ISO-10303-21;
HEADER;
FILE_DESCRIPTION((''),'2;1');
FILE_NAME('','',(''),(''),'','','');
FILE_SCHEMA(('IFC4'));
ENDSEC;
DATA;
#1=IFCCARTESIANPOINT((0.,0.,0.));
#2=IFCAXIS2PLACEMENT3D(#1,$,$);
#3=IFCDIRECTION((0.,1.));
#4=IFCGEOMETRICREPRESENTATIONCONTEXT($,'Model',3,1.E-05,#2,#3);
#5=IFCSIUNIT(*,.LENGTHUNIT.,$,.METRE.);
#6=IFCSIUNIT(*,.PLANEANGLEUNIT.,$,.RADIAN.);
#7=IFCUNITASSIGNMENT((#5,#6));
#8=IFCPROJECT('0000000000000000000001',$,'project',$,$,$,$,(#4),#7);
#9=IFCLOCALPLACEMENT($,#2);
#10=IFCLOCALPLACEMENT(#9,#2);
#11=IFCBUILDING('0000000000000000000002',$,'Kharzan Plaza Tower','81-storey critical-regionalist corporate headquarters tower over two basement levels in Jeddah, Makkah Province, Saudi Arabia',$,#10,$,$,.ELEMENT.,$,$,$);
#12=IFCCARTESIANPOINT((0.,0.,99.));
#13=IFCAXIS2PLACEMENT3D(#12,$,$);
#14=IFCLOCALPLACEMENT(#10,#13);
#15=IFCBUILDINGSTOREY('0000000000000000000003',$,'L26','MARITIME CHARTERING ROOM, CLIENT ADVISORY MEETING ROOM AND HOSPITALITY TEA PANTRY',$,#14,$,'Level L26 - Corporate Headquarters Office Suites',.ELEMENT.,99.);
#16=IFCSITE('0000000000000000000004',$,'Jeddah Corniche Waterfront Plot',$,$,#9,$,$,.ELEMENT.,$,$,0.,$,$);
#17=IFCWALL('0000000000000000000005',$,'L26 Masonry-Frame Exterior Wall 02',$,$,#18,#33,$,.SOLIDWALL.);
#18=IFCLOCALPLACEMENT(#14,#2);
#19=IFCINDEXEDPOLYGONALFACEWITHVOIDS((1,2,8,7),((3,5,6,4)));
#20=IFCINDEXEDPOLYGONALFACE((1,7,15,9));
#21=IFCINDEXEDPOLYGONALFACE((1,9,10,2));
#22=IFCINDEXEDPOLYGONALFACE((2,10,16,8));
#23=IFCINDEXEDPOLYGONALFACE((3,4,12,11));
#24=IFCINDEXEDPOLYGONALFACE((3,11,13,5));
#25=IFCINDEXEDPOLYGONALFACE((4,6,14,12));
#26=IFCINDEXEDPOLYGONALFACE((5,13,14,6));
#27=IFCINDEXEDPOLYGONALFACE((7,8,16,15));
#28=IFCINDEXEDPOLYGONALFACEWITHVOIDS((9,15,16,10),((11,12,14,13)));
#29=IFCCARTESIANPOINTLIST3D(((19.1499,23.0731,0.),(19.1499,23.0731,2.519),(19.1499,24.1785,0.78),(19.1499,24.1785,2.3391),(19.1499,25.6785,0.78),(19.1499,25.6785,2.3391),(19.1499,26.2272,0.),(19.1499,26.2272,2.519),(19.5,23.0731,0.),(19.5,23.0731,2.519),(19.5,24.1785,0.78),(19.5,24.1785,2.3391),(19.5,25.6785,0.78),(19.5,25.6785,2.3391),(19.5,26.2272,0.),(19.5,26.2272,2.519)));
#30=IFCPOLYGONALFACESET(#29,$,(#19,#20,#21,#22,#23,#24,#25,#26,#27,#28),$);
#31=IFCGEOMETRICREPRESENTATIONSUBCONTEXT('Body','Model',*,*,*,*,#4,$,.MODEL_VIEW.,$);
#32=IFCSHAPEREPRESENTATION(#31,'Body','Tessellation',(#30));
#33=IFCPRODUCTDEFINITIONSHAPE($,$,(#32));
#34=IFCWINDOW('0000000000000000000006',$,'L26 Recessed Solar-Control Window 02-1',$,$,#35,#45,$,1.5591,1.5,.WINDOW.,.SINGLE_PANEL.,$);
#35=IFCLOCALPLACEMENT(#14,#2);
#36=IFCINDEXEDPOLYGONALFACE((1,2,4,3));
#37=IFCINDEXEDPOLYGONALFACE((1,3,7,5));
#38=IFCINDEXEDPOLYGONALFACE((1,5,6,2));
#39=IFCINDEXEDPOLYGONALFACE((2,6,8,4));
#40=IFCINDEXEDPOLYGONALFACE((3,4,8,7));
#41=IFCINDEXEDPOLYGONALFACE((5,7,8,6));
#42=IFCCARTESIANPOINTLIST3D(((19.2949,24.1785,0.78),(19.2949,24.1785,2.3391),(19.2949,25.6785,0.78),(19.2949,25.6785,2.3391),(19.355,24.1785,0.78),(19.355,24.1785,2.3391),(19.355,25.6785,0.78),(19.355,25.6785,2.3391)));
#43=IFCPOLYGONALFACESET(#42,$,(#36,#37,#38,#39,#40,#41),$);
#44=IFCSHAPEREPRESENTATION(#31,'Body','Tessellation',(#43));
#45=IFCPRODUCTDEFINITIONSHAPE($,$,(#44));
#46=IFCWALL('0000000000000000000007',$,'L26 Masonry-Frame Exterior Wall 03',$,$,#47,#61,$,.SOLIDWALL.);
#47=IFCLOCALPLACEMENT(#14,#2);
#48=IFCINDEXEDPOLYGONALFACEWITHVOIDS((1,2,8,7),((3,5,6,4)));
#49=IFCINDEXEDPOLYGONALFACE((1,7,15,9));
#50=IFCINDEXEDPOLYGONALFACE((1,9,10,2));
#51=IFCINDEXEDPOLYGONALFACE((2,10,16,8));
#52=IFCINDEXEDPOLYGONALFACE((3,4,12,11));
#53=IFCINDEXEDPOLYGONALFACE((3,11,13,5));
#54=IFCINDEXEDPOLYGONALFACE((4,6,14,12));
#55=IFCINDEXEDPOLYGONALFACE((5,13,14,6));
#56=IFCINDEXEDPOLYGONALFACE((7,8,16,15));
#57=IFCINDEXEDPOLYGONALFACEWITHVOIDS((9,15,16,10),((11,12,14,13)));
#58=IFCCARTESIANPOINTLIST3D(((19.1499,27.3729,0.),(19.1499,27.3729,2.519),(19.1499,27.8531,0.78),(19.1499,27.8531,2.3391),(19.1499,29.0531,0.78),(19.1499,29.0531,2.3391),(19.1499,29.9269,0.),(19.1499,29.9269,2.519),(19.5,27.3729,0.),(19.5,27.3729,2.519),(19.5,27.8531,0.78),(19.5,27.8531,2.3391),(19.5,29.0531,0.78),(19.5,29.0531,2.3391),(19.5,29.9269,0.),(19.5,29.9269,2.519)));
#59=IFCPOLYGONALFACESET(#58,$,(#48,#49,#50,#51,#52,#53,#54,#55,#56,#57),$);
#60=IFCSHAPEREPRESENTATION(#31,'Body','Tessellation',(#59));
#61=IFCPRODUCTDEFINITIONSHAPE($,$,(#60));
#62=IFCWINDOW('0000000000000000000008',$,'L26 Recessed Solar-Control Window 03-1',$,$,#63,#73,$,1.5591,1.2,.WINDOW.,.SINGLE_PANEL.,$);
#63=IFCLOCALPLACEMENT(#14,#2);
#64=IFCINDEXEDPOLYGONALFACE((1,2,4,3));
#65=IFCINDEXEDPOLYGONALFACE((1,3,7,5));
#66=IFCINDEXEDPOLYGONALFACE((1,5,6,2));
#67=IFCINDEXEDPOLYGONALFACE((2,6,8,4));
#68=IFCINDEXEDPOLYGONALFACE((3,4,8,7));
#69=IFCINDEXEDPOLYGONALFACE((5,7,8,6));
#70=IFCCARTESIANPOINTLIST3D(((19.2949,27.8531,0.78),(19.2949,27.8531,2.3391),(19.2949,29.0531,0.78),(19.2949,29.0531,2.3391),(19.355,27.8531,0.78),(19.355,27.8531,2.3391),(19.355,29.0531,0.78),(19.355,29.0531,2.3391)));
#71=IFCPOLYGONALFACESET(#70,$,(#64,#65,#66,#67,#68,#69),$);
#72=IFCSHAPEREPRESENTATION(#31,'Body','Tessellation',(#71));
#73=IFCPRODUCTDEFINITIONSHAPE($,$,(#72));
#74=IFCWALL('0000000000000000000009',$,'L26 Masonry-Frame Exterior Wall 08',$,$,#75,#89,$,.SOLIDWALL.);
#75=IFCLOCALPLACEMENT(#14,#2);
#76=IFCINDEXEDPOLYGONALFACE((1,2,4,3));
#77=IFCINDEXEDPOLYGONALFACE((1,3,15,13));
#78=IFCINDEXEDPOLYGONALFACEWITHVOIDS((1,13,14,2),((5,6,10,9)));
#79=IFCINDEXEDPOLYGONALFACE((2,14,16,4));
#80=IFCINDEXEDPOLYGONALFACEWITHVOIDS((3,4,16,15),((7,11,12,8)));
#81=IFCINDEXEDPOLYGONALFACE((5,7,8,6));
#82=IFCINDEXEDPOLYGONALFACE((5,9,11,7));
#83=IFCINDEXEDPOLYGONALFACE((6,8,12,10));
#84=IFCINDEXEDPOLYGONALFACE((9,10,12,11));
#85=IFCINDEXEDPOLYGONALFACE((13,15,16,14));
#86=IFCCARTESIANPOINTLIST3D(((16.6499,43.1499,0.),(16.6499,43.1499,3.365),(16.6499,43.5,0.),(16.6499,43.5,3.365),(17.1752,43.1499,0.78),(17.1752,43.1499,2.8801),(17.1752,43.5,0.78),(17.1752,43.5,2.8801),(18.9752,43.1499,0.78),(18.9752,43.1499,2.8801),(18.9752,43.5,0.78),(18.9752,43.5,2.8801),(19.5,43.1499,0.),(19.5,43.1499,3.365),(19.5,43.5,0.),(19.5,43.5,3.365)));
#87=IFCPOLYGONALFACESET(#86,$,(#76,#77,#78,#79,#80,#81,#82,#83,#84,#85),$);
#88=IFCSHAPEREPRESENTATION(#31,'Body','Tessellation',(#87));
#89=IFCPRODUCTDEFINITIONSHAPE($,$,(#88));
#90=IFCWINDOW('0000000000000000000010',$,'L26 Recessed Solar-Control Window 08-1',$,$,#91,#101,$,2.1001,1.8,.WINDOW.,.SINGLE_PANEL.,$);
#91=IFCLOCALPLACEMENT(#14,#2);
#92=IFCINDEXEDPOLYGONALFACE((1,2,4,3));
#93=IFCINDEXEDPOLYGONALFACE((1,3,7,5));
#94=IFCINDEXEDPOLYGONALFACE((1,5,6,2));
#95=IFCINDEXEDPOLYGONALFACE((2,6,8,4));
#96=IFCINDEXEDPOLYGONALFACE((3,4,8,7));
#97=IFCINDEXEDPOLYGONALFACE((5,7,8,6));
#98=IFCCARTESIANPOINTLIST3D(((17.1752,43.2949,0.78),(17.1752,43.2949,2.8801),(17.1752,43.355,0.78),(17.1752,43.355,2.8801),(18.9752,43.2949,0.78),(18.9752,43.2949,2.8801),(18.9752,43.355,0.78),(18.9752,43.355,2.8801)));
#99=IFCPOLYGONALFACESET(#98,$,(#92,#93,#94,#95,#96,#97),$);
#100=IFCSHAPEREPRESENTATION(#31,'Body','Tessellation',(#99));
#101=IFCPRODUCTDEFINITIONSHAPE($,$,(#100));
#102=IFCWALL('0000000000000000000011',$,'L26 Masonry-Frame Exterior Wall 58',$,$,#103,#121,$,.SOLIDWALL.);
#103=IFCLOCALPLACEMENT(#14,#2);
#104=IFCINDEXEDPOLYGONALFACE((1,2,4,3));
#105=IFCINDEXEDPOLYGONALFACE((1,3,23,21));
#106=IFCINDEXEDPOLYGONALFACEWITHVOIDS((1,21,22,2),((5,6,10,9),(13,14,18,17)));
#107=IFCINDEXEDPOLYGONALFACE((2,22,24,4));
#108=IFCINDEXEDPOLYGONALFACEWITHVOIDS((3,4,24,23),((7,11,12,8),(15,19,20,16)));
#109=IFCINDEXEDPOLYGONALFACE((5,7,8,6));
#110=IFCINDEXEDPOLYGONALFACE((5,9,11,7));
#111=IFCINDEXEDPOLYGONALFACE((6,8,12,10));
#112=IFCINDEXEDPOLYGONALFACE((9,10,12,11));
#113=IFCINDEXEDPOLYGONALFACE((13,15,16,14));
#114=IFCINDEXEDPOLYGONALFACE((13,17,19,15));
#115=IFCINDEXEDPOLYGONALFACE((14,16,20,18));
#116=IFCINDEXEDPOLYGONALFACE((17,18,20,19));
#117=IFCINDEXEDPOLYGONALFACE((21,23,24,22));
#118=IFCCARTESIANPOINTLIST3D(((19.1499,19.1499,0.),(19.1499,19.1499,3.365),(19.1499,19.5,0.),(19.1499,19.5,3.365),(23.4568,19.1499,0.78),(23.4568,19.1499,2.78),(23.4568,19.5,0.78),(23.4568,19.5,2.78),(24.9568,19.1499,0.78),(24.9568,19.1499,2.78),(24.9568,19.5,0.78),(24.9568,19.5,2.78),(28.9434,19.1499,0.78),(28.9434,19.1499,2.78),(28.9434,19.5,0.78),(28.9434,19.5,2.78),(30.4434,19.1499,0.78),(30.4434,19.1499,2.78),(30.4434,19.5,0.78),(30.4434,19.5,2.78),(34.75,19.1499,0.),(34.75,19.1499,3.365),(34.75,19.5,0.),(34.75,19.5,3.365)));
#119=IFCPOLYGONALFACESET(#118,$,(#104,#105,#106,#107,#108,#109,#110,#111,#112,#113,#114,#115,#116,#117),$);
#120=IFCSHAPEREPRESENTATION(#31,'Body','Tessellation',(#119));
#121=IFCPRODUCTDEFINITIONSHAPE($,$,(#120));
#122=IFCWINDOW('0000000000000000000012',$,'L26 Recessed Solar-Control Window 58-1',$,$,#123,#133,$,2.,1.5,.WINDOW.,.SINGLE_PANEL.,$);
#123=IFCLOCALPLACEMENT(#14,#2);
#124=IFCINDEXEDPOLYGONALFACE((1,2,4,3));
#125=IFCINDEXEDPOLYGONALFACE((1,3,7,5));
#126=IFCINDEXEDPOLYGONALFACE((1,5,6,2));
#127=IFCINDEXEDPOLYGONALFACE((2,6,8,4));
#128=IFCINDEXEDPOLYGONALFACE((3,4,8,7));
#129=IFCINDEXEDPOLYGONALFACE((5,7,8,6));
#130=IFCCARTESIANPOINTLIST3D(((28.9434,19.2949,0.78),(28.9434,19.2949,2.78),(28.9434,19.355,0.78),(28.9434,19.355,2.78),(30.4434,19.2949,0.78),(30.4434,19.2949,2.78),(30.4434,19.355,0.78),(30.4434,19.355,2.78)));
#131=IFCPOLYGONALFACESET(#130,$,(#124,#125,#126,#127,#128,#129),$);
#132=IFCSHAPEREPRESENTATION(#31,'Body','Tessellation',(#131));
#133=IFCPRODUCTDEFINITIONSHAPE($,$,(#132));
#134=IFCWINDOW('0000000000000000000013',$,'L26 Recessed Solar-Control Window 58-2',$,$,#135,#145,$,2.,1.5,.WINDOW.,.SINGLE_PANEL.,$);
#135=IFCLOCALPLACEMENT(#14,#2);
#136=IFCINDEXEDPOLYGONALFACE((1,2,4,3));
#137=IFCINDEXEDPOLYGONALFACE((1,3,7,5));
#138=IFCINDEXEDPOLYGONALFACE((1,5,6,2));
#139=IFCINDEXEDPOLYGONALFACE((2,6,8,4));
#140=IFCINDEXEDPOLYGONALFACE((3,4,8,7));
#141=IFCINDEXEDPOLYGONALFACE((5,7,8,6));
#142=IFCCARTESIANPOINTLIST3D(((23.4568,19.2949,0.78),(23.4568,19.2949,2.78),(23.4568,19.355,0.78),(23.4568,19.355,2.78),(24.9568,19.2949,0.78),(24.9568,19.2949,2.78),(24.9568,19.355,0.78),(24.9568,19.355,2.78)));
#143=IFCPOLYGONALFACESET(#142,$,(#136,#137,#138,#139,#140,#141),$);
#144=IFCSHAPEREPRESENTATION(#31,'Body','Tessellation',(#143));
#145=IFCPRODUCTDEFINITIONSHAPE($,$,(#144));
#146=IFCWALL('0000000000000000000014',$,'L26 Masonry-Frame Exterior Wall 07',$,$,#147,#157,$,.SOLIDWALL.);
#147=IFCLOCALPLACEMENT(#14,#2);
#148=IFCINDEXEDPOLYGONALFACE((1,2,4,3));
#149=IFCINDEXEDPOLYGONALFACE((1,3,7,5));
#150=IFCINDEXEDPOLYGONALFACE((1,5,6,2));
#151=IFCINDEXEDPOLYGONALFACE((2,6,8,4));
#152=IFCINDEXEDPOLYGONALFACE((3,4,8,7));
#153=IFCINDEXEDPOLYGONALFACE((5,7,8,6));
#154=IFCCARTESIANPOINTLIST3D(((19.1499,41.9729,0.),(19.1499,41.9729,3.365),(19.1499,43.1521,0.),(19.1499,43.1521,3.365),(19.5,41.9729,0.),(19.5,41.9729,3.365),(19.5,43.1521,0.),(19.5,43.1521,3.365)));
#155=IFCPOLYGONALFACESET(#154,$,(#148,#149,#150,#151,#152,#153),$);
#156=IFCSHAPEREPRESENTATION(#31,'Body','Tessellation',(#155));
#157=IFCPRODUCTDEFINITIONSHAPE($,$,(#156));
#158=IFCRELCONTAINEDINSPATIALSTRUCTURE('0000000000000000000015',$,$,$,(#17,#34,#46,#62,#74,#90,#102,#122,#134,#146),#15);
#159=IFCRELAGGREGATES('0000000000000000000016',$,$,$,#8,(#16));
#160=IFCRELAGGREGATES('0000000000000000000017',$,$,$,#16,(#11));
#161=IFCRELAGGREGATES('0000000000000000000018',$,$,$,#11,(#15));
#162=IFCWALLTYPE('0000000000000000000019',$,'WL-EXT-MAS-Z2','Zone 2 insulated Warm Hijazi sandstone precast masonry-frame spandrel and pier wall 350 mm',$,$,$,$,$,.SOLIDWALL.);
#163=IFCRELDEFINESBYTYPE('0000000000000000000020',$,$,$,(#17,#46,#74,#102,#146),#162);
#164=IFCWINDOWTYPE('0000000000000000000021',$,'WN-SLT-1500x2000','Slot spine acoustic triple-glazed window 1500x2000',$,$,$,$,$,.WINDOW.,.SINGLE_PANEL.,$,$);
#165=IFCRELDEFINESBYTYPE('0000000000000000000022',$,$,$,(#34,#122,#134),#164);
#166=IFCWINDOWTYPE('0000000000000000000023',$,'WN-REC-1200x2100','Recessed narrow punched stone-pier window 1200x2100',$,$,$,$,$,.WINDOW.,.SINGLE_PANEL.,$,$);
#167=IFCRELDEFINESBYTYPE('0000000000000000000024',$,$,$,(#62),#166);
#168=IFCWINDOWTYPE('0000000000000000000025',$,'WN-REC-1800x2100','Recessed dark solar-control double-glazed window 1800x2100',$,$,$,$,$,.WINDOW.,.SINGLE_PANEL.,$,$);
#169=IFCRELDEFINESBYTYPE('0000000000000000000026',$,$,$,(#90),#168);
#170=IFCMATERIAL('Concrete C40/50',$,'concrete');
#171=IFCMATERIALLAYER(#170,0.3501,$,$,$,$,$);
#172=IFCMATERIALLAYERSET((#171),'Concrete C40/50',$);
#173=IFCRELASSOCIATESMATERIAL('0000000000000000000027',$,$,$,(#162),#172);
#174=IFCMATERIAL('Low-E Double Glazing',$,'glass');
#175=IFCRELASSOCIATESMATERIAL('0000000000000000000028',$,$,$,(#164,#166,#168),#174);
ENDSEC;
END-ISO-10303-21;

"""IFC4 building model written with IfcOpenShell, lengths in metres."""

from ifc_helpers import new_model, si_unit, direction, frame, frame_2d, origin, place, context, subcontext, project, spatial, rectangle, extrude, source, transform, mapped, material, layer, layer_set, type_object, element, fill, save


model = new_model("IFC4")

# Units and contexts
model_context = context("Model", 3, precision=1e-05, world=origin(), true_north=direction((0.0, 1.0)))
body_context = subcontext(model_context, "Body", "Model", "MODEL_VIEW")
ifc_project = project(units=[si_unit("LENGTHUNIT", "METRE"), si_unit("PLANEANGLEUNIT", "RADIAN")], contexts=[model_context])

# Site, building, storey
site_placement = place(None, origin())
site = spatial("IfcSite", under=ifc_project, at=site_placement, Name="Jeddah Corniche Waterfront Plot", CompositionType="ELEMENT", RefElevation=0.0)
building_placement = place(site_placement, origin())
building = spatial("IfcBuilding", under=site, at=building_placement, Name="Kharzan Plaza Tower", Description="81-storey critical-regionalist corporate headquarters tower over two basement levels in Jeddah, Makkah Province, Saudi Arabia", CompositionType="ELEMENT")
storey_placement = place(building_placement, frame((0.0, 0.0, 99.0)))
storey = spatial("IfcBuildingStorey", under=building, at=storey_placement, Name="L26", Description="MARITIME CHARTERING ROOM, CLIENT ADVISORY MEETING ROOM AND HOSPITALITY TEA PANTRY", LongName="Level L26 - Corporate Headquarters Office Suites", CompositionType="ELEMENT", Elevation=99.0)

# Walls, openings, windows
ifc_material_1 = material(Name="Concrete C40/50", Category="concrete")
ifc_layer_1 = layer(ifc_material_1, 0.3501)
ifc_layer_set_1 = layer_set([ifc_layer_1], Name="Concrete C40/50")
wall_type_1 = type_object("IfcWallType", Name="WL-EXT-MAS-Z2", Description="Zone 2 insulated Warm Hijazi sandstone precast masonry-frame spandrel and pier wall 350 mm", PredefinedType="SOLIDWALL", material=ifc_layer_set_1)
wall_1_placement = place(storey_placement, frame((19.325, 23.073, 0.0), z_axis=(0.0, 0.0, 1.0), x_axis=(0.0, 1.0, 0.0)))
wall_1 = element("IfcWall", 1, at=wall_1_placement, inside=storey, type_object=wall_type_1, Name="L26 Masonry-Frame Exterior Wall 02", PredefinedType="SOLIDWALL", context=body_context, shape_type="SweptSolid", body=[
    extrude(rectangle(XDim=3.1541, YDim=0.3501, at=frame_2d((1.5771, 0.0))), origin(), (0.0, 0.0, 1.0), 2.519),
])
opening_1_placement = place(wall_1_placement, frame((1.1055, 0.0, 0.78)))
opening_1 = element("IfcOpeningElement", 2, at=opening_1_placement, cuts=wall_1, PredefinedType="OPENING", context=body_context, shape_type="SweptSolid", body=[
    extrude(rectangle(XDim=1.5, YDim=1.5591, at=frame_2d((0.75, 0.7795))), frame((0.0, 0.1851, 0.0), z_axis=(0.0, -1.0, 0.0), x_axis=(1.0, 0.0, 0.0)), (0.0, 0.0, 1.0), 0.3701),
])
ifc_material_2 = material(Name="Low-E Double Glazing", Category="glass")
window_type_1 = type_object("IfcWindowType", Name="WN-SLT-1500x2000", Description="Slot spine acoustic triple-glazed window 1500x2000", PartitioningType="SINGLE_PANEL", PredefinedType="WINDOW", material=ifc_material_2)
shared_shape_1 = source(origin(), body_context, "Body", "SweptSolid", [
    extrude(rectangle(XDim=1.5, YDim=1.5591, at=frame_2d((0.75, 0.7795))), frame((0.0, 0.03, 0.0), z_axis=(0.0, -1.0, 0.0), x_axis=(1.0, 0.0, 0.0)), (0.0, 0.0, 1.0), 0.0601),
])
window_1_placement = place(opening_1_placement, origin())
window_1 = element("IfcWindow", 3, at=window_1_placement, inside=storey, type_object=window_type_1, Name="L26 Recessed Solar-Control Window 02-1", OverallHeight=1.5591, OverallWidth=1.5, PartitioningType="SINGLE_PANEL", PredefinedType="WINDOW", context=body_context, shape_type="MappedRepresentation", body=[
    mapped(shared_shape_1, transform((0.0, 0.0, 0.0), x_axis=(1.0, 0.0, 0.0), y_axis=(0.0, 1.0, 0.0), z_axis=(0.0, 0.0, 1.0))),
])
fill(opening_1, window_1)
wall_2_placement = place(storey_placement, frame((19.325, 27.373, 0.0), z_axis=(0.0, 0.0, 1.0), x_axis=(0.0, 1.0, 0.0)))
wall_2 = element("IfcWall", 4, at=wall_2_placement, inside=storey, type_object=wall_type_1, Name="L26 Masonry-Frame Exterior Wall 03", PredefinedType="SOLIDWALL", context=body_context, shape_type="SweptSolid", body=[
    extrude(rectangle(XDim=2.554, YDim=0.3501, at=frame_2d((1.2769, 0.0))), origin(), (0.0, 0.0, 1.0), 2.519),
])
opening_2_placement = place(wall_2_placement, frame((0.48, 0.0, 0.78)))
opening_2 = element("IfcOpeningElement", 5, at=opening_2_placement, cuts=wall_2, PredefinedType="OPENING", context=body_context, shape_type="SweptSolid", body=[
    extrude(rectangle(XDim=1.2, YDim=1.5591, at=frame_2d((0.6001, 0.7795))), frame((0.0, 0.1851, 0.0), z_axis=(0.0, -1.0, 0.0), x_axis=(1.0, 0.0, 0.0)), (0.0, 0.0, 1.0), 0.3701),
])
window_type_2 = type_object("IfcWindowType", Name="WN-REC-1200x2100", Description="Recessed narrow punched stone-pier window 1200x2100", PartitioningType="SINGLE_PANEL", PredefinedType="WINDOW", material=ifc_material_2)
shared_shape_2 = source(origin(), body_context, "Body", "SweptSolid", [
    extrude(rectangle(XDim=1.2, YDim=1.5591, at=frame_2d((0.6001, 0.7795))), frame((0.0, 0.03, 0.0), z_axis=(0.0, -1.0, 0.0), x_axis=(1.0, 0.0, 0.0)), (0.0, 0.0, 1.0), 0.0601),
])
window_2_placement = place(opening_2_placement, origin())
window_2 = element("IfcWindow", 6, at=window_2_placement, inside=storey, type_object=window_type_2, Name="L26 Recessed Solar-Control Window 03-1", OverallHeight=1.5591, OverallWidth=1.2, PartitioningType="SINGLE_PANEL", PredefinedType="WINDOW", context=body_context, shape_type="MappedRepresentation", body=[
    mapped(shared_shape_2, transform((0.0, 0.0, 0.0), x_axis=(1.0, 0.0, 0.0), y_axis=(0.0, 1.0, 0.0), z_axis=(0.0, 0.0, 1.0))),
])
fill(opening_2, window_2)

# Wall, opening, window
wall_3_placement = place(storey_placement, frame((19.5, 43.325, 0.0), z_axis=(0.0, 0.0, 1.0), x_axis=(-1.0, 0.0, 0.0)))
wall_3 = element("IfcWall", 7, at=wall_3_placement, inside=storey, type_object=wall_type_1, Name="L26 Masonry-Frame Exterior Wall 08", PredefinedType="SOLIDWALL", context=body_context, shape_type="SweptSolid", body=[
    extrude(rectangle(XDim=2.8501, YDim=0.3501, at=frame_2d((1.425, 0.0))), origin(), (0.0, 0.0, 1.0), 3.365),
])
opening_3_placement = place(wall_3_placement, frame((0.5249, 0.0, 0.78)))
opening_3 = element("IfcOpeningElement", 8, at=opening_3_placement, cuts=wall_3, PredefinedType="OPENING", context=body_context, shape_type="SweptSolid", body=[
    extrude(rectangle(XDim=1.8, YDim=2.1001, at=frame_2d((0.8999, 1.05))), frame((0.0, 0.1851, 0.0), z_axis=(0.0, -1.0, 0.0), x_axis=(1.0, 0.0, 0.0)), (0.0, 0.0, 1.0), 0.3701),
])
window_type_3 = type_object("IfcWindowType", Name="WN-REC-1800x2100", Description="Recessed dark solar-control double-glazed window 1800x2100", PartitioningType="SINGLE_PANEL", PredefinedType="WINDOW", material=ifc_material_2)
shared_shape_3 = source(origin(), body_context, "Body", "SweptSolid", [
    extrude(rectangle(XDim=1.8, YDim=2.1001, at=frame_2d((0.8999, 1.05))), frame((0.0, 0.03, 0.0), z_axis=(0.0, -1.0, 0.0), x_axis=(1.0, 0.0, 0.0)), (0.0, 0.0, 1.0), 0.0601),
])
window_3_placement = place(opening_3_placement, origin())
window_3 = element("IfcWindow", 9, at=window_3_placement, inside=storey, type_object=window_type_3, Name="L26 Recessed Solar-Control Window 08-1", OverallHeight=2.1001, OverallWidth=1.8, PartitioningType="SINGLE_PANEL", PredefinedType="WINDOW", context=body_context, shape_type="MappedRepresentation", body=[
    mapped(shared_shape_3, transform((0.0, 0.0, 0.0), x_axis=(1.0, 0.0, 0.0), y_axis=(0.0, 1.0, 0.0), z_axis=(0.0, 0.0, 1.0))),
])
fill(opening_3, window_3)

# Wall, openings, windows
wall_4_placement = place(storey_placement, frame((34.75, 19.325, 0.0), z_axis=(0.0, 0.0, 1.0), x_axis=(-1.0, 0.0, 0.0)))
wall_4 = element("IfcWall", 10, at=wall_4_placement, inside=storey, type_object=wall_type_1, Name="L26 Masonry-Frame Exterior Wall 58", PredefinedType="SOLIDWALL", context=body_context, shape_type="SweptSolid", body=[
    extrude(rectangle(XDim=15.6001, YDim=0.3501, at=frame_2d((7.8, 0.0))), origin(), (0.0, 0.0, 1.0), 3.365),
])
opening_4_placement = place(wall_4_placement, frame((4.3066, 0.0, 0.78)))
opening_4 = element("IfcOpeningElement", 11, at=opening_4_placement, cuts=wall_4, PredefinedType="OPENING", context=body_context, shape_type="SweptSolid", body=[
    extrude(rectangle(XDim=1.5, YDim=2.0, at=frame_2d((0.75, 1.0))), frame((0.0, 0.1851, 0.0), z_axis=(0.0, -1.0, 0.0), x_axis=(1.0, 0.0, 0.0)), (0.0, 0.0, 1.0), 0.3701),
])
opening_5_placement = place(wall_4_placement, frame((9.7932, 0.0, 0.78)))
opening_5 = element("IfcOpeningElement", 12, at=opening_5_placement, cuts=wall_4, PredefinedType="OPENING", context=body_context, shape_type="SweptSolid", body=[
    extrude(rectangle(XDim=1.5, YDim=2.0, at=frame_2d((0.75, 1.0))), frame((0.0, 0.1851, 0.0), z_axis=(0.0, -1.0, 0.0), x_axis=(1.0, 0.0, 0.0)), (0.0, 0.0, 1.0), 0.3701),
])
shared_shape_4 = source(origin(), body_context, "Body", "SweptSolid", [
    extrude(rectangle(XDim=1.5, YDim=2.0, at=frame_2d((0.75, 1.0))), frame((0.0, 0.03, 0.0), z_axis=(0.0, -1.0, 0.0), x_axis=(1.0, 0.0, 0.0)), (0.0, 0.0, 1.0), 0.0601),
])
window_4_placement = place(opening_4_placement, origin())
window_4 = element("IfcWindow", 13, at=window_4_placement, inside=storey, type_object=window_type_1, Name="L26 Recessed Solar-Control Window 58-1", OverallHeight=2.0, OverallWidth=1.5, PartitioningType="SINGLE_PANEL", PredefinedType="WINDOW", context=body_context, shape_type="MappedRepresentation", body=[
    mapped(shared_shape_4, transform((0.0, 0.0, 0.0), x_axis=(1.0, 0.0, 0.0), y_axis=(0.0, 1.0, 0.0), z_axis=(0.0, 0.0, 1.0))),
])
fill(opening_4, window_4)
window_5_placement = place(opening_5_placement, origin())
window_5 = element("IfcWindow", 14, at=window_5_placement, inside=storey, type_object=window_type_1, Name="L26 Recessed Solar-Control Window 58-2", OverallHeight=2.0, OverallWidth=1.5, PartitioningType="SINGLE_PANEL", PredefinedType="WINDOW", context=body_context, shape_type="MappedRepresentation", body=[
    mapped(shared_shape_4, transform((0.0, 0.0, 0.0), x_axis=(1.0, 0.0, 0.0), y_axis=(0.0, 1.0, 0.0), z_axis=(0.0, 0.0, 1.0))),
])
fill(opening_5, window_5)

# Wall
shared_shape_5 = source(origin(), body_context, "Body", "SweptSolid", [
    extrude(rectangle(XDim=1.1792, YDim=0.3501, at=frame_2d((0.5896, 0.0))), origin(), (0.0, 0.0, 1.0), 3.365),
])
wall_5_placement = place(storey_placement, frame((19.325, 41.9729, 0.0), z_axis=(0.0, 0.0, 1.0), x_axis=(0.0, 1.0, 0.0)))
element("IfcWall", 15, at=wall_5_placement, inside=storey, type_object=wall_type_1, Name="L26 Masonry-Frame Exterior Wall 07", PredefinedType="SOLIDWALL", context=body_context, shape_type="MappedRepresentation", body=[
    mapped(shared_shape_5, transform((0.0, 0.0, 0.0), x_axis=(1.0, 0.0, 0.0), y_axis=(0.0, 1.0, 0.0), z_axis=(0.0, 0.0, 1.0))),
])

save(model, "model.ifc")
